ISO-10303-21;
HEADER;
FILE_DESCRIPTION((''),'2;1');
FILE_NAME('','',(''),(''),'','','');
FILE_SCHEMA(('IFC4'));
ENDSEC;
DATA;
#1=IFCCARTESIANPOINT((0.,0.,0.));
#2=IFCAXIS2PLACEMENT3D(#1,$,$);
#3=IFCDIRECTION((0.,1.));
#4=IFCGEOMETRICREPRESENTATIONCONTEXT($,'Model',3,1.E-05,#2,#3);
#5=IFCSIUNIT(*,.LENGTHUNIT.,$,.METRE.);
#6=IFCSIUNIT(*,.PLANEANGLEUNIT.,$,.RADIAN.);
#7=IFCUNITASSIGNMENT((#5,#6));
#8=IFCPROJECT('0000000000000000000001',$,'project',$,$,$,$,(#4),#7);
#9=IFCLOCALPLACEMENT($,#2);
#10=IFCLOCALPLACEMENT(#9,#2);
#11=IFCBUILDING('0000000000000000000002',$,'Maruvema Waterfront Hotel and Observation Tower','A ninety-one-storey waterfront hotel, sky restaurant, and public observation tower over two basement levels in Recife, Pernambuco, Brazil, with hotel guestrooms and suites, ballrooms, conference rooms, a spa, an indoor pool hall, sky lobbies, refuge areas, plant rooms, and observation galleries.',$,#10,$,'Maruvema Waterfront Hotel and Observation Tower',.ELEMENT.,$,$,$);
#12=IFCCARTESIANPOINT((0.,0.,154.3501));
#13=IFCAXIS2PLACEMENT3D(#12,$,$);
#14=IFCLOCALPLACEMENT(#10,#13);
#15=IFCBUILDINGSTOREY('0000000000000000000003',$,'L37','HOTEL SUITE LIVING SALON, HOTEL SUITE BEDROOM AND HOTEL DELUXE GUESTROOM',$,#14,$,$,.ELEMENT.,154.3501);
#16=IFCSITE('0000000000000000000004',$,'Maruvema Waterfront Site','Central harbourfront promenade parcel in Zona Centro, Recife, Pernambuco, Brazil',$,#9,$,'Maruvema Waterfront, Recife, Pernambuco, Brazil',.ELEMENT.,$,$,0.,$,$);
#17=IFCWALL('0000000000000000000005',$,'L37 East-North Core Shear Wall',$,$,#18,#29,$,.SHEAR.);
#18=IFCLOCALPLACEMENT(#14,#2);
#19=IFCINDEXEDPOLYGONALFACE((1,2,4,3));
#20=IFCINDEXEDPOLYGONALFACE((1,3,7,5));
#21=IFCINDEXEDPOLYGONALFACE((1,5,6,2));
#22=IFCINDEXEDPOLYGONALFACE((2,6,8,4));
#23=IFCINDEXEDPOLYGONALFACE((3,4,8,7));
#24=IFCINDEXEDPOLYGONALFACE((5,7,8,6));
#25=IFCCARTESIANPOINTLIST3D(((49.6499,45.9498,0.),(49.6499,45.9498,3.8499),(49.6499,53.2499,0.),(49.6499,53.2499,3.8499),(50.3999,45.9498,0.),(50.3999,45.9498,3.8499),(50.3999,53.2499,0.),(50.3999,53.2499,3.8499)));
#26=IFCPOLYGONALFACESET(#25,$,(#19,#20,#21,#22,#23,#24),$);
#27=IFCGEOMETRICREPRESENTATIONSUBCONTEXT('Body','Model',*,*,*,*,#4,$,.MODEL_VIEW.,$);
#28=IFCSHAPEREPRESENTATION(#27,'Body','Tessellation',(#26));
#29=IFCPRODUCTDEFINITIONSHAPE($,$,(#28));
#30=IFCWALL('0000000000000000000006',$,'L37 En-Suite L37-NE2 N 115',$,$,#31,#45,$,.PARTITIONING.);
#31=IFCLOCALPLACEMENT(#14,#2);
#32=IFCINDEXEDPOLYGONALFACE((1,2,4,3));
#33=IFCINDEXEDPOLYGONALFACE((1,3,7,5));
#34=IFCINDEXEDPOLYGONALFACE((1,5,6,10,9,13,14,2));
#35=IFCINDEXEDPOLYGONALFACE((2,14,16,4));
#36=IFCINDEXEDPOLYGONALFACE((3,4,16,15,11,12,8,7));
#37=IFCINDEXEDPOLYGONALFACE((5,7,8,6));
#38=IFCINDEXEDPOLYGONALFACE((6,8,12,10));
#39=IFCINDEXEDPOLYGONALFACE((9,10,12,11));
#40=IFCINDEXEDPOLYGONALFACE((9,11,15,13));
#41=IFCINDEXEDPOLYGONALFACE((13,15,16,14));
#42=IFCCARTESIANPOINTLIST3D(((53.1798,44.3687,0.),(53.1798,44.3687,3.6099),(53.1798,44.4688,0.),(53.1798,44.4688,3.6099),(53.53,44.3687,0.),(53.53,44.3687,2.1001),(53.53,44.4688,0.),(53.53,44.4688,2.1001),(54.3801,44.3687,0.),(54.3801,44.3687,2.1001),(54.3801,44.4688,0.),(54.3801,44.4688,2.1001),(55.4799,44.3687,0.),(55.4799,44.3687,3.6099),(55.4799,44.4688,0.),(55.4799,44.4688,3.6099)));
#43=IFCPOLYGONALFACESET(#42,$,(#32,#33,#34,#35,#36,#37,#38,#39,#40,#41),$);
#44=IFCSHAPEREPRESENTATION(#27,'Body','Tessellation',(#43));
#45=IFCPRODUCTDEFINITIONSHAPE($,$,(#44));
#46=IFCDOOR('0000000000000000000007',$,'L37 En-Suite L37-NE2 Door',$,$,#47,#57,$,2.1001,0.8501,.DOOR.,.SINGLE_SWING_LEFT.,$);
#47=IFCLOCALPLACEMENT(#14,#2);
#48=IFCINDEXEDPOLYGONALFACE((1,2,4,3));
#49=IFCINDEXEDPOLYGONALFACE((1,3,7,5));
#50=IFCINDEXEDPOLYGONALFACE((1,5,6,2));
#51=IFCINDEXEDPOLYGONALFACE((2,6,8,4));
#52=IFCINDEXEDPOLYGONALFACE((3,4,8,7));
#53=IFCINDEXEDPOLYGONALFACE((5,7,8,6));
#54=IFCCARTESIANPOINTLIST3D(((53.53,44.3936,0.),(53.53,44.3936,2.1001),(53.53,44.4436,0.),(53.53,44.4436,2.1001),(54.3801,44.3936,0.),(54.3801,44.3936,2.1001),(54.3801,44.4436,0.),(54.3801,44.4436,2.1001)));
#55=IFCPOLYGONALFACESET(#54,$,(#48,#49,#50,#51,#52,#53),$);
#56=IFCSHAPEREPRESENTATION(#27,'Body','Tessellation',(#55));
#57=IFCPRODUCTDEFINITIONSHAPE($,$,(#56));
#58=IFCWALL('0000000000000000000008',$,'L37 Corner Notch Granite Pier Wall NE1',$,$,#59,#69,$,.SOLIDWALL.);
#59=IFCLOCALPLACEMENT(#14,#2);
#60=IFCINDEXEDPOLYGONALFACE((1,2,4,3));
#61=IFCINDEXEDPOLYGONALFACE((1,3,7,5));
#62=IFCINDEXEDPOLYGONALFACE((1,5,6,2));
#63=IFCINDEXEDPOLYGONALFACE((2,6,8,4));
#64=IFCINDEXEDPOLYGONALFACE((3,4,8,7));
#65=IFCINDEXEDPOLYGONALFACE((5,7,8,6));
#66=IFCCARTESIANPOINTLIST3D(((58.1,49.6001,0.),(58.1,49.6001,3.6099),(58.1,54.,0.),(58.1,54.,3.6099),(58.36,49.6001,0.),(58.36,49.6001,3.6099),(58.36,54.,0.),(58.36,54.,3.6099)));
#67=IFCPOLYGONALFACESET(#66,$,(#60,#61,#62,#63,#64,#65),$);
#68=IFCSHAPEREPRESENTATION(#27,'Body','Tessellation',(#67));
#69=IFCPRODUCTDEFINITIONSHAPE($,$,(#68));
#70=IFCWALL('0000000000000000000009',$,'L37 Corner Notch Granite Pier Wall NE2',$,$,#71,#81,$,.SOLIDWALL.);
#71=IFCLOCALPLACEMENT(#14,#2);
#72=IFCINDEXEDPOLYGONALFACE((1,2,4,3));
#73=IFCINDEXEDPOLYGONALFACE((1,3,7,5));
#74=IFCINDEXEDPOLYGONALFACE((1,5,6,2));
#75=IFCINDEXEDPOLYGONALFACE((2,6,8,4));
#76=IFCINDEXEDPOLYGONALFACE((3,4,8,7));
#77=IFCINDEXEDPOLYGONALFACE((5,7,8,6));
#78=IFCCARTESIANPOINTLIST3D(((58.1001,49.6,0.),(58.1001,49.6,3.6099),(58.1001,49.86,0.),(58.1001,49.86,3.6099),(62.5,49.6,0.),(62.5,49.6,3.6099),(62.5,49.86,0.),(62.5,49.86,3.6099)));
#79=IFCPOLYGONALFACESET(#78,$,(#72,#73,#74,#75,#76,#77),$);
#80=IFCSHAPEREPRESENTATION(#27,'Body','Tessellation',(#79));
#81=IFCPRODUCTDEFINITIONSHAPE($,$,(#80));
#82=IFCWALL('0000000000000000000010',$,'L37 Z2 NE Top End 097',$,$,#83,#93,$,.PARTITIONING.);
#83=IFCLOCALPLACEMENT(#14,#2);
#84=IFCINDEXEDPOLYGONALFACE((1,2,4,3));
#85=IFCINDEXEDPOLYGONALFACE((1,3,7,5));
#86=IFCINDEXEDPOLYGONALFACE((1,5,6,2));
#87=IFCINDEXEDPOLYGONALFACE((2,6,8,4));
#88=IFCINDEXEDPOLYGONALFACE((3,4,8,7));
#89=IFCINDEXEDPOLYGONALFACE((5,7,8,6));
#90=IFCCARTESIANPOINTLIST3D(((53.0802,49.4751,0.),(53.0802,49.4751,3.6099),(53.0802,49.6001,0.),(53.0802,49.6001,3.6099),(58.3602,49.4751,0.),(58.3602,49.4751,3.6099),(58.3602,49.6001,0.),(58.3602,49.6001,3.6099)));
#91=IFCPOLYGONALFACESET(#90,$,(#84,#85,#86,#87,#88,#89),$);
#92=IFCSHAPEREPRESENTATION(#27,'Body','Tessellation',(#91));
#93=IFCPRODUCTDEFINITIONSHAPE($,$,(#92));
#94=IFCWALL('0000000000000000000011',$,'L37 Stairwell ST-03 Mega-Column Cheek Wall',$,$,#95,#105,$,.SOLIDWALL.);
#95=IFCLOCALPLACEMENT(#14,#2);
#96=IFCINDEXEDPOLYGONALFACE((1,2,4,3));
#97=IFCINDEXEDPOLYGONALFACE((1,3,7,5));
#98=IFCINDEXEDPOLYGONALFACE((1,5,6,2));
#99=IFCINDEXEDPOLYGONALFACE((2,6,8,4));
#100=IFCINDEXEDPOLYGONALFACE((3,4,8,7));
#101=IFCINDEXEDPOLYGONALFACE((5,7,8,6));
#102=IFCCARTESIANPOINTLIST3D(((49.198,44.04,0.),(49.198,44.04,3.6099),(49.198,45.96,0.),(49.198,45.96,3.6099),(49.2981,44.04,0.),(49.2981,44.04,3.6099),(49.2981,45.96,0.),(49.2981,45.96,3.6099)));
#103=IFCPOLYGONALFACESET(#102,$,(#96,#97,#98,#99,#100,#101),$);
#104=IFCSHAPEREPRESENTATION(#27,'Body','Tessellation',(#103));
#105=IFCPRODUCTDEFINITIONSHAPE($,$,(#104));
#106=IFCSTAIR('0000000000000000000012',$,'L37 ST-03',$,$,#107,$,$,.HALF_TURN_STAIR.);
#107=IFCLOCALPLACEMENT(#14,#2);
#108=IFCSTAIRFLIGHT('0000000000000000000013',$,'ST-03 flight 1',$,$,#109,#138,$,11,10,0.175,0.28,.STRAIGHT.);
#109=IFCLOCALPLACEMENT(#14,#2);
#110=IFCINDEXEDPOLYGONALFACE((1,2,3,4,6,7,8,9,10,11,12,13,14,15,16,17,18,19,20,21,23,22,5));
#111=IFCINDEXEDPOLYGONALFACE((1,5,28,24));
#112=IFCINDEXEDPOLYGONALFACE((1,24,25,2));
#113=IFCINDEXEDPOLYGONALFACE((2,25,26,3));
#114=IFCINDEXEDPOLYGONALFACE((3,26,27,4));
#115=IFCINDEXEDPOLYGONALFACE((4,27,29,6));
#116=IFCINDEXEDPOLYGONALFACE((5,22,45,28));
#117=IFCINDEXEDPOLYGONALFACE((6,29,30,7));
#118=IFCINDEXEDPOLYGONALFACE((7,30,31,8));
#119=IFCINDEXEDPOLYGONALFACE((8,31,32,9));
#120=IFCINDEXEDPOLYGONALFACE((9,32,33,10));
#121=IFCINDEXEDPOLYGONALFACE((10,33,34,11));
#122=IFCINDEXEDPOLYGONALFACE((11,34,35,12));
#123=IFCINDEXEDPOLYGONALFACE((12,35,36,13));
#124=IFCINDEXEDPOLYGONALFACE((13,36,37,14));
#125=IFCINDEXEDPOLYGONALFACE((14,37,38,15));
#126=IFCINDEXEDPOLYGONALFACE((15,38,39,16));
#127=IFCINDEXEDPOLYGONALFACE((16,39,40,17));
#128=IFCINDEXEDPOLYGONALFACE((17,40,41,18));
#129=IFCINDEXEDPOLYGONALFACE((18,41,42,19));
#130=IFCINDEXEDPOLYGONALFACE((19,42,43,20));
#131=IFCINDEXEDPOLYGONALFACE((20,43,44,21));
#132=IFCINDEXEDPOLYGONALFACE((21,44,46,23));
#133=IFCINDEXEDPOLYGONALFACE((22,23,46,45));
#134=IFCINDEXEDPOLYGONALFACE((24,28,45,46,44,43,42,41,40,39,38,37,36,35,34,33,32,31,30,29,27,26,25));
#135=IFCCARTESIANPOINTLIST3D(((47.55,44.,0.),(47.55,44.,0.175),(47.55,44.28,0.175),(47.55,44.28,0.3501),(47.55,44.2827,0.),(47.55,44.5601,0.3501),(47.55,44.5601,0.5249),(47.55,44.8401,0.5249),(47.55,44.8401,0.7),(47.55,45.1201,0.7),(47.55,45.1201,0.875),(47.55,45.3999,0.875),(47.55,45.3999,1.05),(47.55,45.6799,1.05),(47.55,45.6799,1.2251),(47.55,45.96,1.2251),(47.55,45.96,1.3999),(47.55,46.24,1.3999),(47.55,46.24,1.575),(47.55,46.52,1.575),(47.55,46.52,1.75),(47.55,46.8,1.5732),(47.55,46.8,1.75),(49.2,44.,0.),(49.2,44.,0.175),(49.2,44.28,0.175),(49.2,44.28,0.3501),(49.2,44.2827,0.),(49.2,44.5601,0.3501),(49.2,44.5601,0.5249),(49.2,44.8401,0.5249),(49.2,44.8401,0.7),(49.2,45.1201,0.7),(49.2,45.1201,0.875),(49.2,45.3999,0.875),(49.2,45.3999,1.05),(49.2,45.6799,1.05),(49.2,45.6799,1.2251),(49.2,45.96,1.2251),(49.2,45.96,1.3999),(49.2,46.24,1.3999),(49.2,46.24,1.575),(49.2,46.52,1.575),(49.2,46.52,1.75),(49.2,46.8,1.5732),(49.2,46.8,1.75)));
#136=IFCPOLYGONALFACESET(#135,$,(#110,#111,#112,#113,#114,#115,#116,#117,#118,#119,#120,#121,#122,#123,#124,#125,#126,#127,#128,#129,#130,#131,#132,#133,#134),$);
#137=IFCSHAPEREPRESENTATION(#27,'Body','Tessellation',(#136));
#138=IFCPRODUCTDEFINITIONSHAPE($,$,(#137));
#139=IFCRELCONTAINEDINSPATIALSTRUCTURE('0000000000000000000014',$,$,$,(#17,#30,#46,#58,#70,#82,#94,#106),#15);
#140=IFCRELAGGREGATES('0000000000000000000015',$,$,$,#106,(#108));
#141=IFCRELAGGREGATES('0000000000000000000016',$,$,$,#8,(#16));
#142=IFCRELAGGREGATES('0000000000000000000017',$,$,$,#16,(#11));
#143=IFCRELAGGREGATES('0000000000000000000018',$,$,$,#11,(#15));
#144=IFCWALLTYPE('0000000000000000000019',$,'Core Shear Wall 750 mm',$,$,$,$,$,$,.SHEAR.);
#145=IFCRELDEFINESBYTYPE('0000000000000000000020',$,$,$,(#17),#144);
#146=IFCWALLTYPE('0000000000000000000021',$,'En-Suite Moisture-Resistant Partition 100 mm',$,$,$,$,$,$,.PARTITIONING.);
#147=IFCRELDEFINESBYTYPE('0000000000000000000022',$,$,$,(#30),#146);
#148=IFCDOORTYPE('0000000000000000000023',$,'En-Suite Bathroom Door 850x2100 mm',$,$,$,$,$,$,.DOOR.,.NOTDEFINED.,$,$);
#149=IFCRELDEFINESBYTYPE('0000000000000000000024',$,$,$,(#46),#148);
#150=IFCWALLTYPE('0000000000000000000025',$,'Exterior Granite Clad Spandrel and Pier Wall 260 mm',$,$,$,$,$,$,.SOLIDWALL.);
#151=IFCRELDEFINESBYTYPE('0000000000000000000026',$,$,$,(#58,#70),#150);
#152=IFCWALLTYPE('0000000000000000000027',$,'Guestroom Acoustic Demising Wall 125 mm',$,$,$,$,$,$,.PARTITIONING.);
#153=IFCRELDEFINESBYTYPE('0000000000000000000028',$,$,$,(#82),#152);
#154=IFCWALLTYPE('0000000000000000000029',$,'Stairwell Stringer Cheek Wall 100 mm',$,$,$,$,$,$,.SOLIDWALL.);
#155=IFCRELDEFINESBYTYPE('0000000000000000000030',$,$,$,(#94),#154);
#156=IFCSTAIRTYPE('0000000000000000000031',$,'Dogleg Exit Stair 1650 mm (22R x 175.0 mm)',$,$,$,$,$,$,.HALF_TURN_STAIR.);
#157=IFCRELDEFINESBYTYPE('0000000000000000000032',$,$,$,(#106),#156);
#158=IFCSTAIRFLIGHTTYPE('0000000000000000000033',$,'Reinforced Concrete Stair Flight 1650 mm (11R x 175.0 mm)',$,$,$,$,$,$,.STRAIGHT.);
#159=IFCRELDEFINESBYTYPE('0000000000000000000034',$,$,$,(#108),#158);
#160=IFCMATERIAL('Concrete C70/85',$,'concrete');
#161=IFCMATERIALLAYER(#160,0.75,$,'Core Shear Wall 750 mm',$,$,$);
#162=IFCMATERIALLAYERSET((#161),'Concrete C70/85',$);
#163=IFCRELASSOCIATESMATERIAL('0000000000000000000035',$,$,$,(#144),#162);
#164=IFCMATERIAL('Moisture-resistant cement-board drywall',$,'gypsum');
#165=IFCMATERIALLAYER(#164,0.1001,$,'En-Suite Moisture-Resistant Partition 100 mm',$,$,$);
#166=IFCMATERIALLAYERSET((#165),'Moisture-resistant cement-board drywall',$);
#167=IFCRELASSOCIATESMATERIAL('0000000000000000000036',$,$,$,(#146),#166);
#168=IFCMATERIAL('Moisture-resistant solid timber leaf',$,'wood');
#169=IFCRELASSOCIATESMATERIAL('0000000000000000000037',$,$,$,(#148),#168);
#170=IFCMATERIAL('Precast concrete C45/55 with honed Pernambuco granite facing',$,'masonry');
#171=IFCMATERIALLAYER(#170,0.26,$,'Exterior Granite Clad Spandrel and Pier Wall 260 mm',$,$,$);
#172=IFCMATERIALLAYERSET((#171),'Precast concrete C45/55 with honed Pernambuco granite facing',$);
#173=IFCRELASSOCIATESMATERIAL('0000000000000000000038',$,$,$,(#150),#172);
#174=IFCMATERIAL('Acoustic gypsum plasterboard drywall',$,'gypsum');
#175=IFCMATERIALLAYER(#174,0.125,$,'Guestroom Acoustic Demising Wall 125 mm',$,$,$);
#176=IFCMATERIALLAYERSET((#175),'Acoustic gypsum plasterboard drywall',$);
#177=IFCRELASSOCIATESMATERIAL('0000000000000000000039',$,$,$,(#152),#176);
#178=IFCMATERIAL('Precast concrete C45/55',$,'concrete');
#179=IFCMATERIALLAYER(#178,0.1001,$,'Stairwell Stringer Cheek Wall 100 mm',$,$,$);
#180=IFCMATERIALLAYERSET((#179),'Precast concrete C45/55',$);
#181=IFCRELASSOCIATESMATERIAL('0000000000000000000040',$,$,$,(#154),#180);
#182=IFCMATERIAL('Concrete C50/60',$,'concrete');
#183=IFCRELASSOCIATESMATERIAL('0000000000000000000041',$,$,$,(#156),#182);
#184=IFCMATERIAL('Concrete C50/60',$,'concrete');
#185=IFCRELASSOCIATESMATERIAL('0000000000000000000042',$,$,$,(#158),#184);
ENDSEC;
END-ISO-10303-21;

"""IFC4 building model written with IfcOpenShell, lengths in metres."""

from ifc_helpers import new_model, si_unit, direction, frame, frame_2d, origin, place, context, subcontext, project, spatial, polyline, rectangle, outline, extrude, material, layer, layer_set, type_object, element, fill, aggregate, save


model = new_model("IFC4")

# Units and contexts
model_context = context("Model", 3, precision=1e-05, world=origin(), true_north=direction((0.0, 1.0)))
body_context = subcontext(model_context, "Body", "Model", "MODEL_VIEW")
ifc_project = project(units=[si_unit("LENGTHUNIT", "METRE"), si_unit("PLANEANGLEUNIT", "RADIAN")], contexts=[model_context])

# Site, building, storey
site_placement = place(None, origin())
site = spatial("IfcSite", under=ifc_project, at=site_placement, Name="Maruvema Waterfront Site", Description="Central harbourfront promenade parcel in Zona Centro, Recife, Pernambuco, Brazil", LongName="Maruvema Waterfront, Recife, Pernambuco, Brazil", CompositionType="ELEMENT", RefElevation=0.0)
building_placement = place(site_placement, origin())
building = spatial("IfcBuilding", under=site, at=building_placement, Name="Maruvema Waterfront Hotel and Observation Tower", Description="A ninety-one-storey waterfront hotel, sky restaurant, and public observation tower over two basement levels in Recife, Pernambuco, Brazil, with hotel guestrooms and suites, ballrooms, conference rooms, a spa, an indoor pool hall, sky lobbies, refuge areas, plant rooms, and observation galleries.", LongName="Maruvema Waterfront Hotel and Observation Tower", CompositionType="ELEMENT")
storey_placement = place(building_placement, frame((0.0, 0.0, 154.3501)))
storey = spatial("IfcBuildingStorey", under=building, at=storey_placement, Name="L37", Description="HOTEL SUITE LIVING SALON, HOTEL SUITE BEDROOM AND HOTEL DELUXE GUESTROOM", CompositionType="ELEMENT", Elevation=154.3501)

# Wall
ifc_material_1 = material(Name="Concrete C70/85", Category="concrete")
ifc_layer_1 = layer(ifc_material_1, 0.75, Name="Core Shear Wall 750 mm")
ifc_layer_set_1 = layer_set([ifc_layer_1], Name="Concrete C70/85")
wall_type_1 = type_object("IfcWallType", Name="Core Shear Wall 750 mm", PredefinedType="SHEAR", material=ifc_layer_set_1)
wall_1_placement = place(storey_placement, frame((50.0249, 45.95, 0.0), z_axis=(0.0, 0.0, 1.0), x_axis=(0.0, 1.0, 0.0)))
element("IfcWall", 1, at=wall_1_placement, inside=storey, type_object=wall_type_1, Name="L37 East-North Core Shear Wall", PredefinedType="SHEAR", context=body_context, shape_type="SweptSolid", body=[
    extrude(rectangle(XDim=7.3, YDim=0.75, at=frame_2d((3.6499, 0.0))), origin(), (0.0, 0.0, 1.0), 3.8499),
])

# Wall, opening, door
ifc_material_2 = material(Name="Moisture-resistant cement-board drywall", Category="gypsum")
ifc_layer_2 = layer(ifc_material_2, 0.1001, Name="En-Suite Moisture-Resistant Partition 100 mm")
ifc_layer_set_2 = layer_set([ifc_layer_2], Name="Moisture-resistant cement-board drywall")
wall_type_2 = type_object("IfcWallType", Name="En-Suite Moisture-Resistant Partition 100 mm", PredefinedType="PARTITIONING", material=ifc_layer_set_2)
wall_2_placement = place(storey_placement, frame((53.1799, 44.4187, 0.0), z_axis=(0.0, 0.0, 1.0), x_axis=(1.0, 0.0, 0.0)))
wall_2 = element("IfcWall", 2, at=wall_2_placement, inside=storey, type_object=wall_type_2, Name="L37 En-Suite L37-NE2 N 115", PredefinedType="PARTITIONING", context=body_context, shape_type="SweptSolid", body=[
    extrude(rectangle(XDim=2.3, YDim=0.1001, at=frame_2d((1.1499, 0.0))), origin(), (0.0, 0.0, 1.0), 3.6099),
])
opening_1_placement = place(wall_2_placement, frame((0.3501, 0.0, 0.0)))
opening_1 = element("IfcOpeningElement", 3, at=opening_1_placement, cuts=wall_2, PredefinedType="OPENING", context=body_context, shape_type="SweptSolid", body=[
    extrude(rectangle(XDim=0.8501, YDim=2.1001, at=frame_2d((0.425, 1.05))), frame((0.0, 0.0601, 0.0), z_axis=(0.0, -1.0, 0.0), x_axis=(1.0, 0.0, 0.0)), (0.0, 0.0, 1.0), 0.1201),
])
ifc_material_3 = material(Name="Moisture-resistant solid timber leaf", Category="wood")
door_type_1 = type_object("IfcDoorType", Name="En-Suite Bathroom Door 850x2100 mm", OperationType="NOTDEFINED", PredefinedType="DOOR", material=ifc_material_3)
door_1_placement = place(opening_1_placement, origin())
door_1 = element("IfcDoor", 4, at=door_1_placement, inside=storey, type_object=door_type_1, Name="L37 En-Suite L37-NE2 Door", OperationType="SINGLE_SWING_LEFT", OverallHeight=2.1001, OverallWidth=0.8501, PredefinedType="DOOR", context=body_context, shape_type="SweptSolid", body=[
    extrude(rectangle(XDim=0.8501, YDim=2.1001, at=frame_2d((0.425, 1.05))), frame((0.0, 0.0249, 0.0), z_axis=(0.0, -1.0, 0.0), x_axis=(1.0, 0.0, 0.0)), (0.0, 0.0, 1.0), 0.05),
])
fill(opening_1, door_1)

# Walls
ifc_material_4 = material(Name="Precast concrete C45/55 with honed Pernambuco granite facing", Category="masonry")
ifc_layer_3 = layer(ifc_material_4, 0.26, Name="Exterior Granite Clad Spandrel and Pier Wall 260 mm")
ifc_layer_set_3 = layer_set([ifc_layer_3], Name="Precast concrete C45/55 with honed Pernambuco granite facing")
wall_type_3 = type_object("IfcWallType", Name="Exterior Granite Clad Spandrel and Pier Wall 260 mm", PredefinedType="SOLIDWALL", material=ifc_layer_set_3)
for number, where, z_axis, x_axis, name in (
    (5, (58.23, 54.0, 0.0), (0.0, 0.0, 1.0), (0.0, -1.0, 0.0), "L37 Corner Notch Granite Pier Wall NE1"),
    (6, (58.1001, 49.73, 0.0), (0.0, 0.0, 1.0), (1.0, 0.0, 0.0), "L37 Corner Notch Granite Pier Wall NE2"),
):
    element("IfcWall", number, at=place(storey_placement, frame(where, z_axis=z_axis, x_axis=x_axis)), inside=storey, type_object=wall_type_3, Name=name, PredefinedType="SOLIDWALL", context=body_context, shape_type="SweptSolid", body=[
        extrude(rectangle(XDim=4.3999, YDim=0.26, at=frame_2d((2.2, 0.0))), origin(), (0.0, 0.0, 1.0), 3.6099),
    ])
ifc_material_5 = material(Name="Acoustic gypsum plasterboard drywall", Category="gypsum")
ifc_layer_4 = layer(ifc_material_5, 0.125, Name="Guestroom Acoustic Demising Wall 125 mm")
ifc_layer_set_4 = layer_set([ifc_layer_4], Name="Acoustic gypsum plasterboard drywall")
wall_type_4 = type_object("IfcWallType", Name="Guestroom Acoustic Demising Wall 125 mm", PredefinedType="PARTITIONING", material=ifc_layer_set_4)
wall_3_placement = place(storey_placement, frame((53.0801, 49.5376, 0.0), z_axis=(0.0, 0.0, 1.0), x_axis=(1.0, 0.0, 0.0)))
element("IfcWall", 7, at=wall_3_placement, inside=storey, type_object=wall_type_4, Name="L37 Z2 NE Top End 097", PredefinedType="PARTITIONING", context=body_context, shape_type="SweptSolid", body=[
    extrude(rectangle(XDim=5.28, YDim=0.125, at=frame_2d((2.6401, 0.0))), origin(), (0.0, 0.0, 1.0), 3.6099),
])
ifc_material_6 = material(Name="Precast concrete C45/55", Category="concrete")
ifc_layer_5 = layer(ifc_material_6, 0.1001, Name="Stairwell Stringer Cheek Wall 100 mm")
ifc_layer_set_5 = layer_set([ifc_layer_5], Name="Precast concrete C45/55")
wall_type_5 = type_object("IfcWallType", Name="Stairwell Stringer Cheek Wall 100 mm", PredefinedType="SOLIDWALL", material=ifc_layer_set_5)
wall_4_placement = place(storey_placement, frame((49.248, 44.04, 0.0), z_axis=(0.0, 0.0, 1.0), x_axis=(0.0, 1.0, 0.0)))
element("IfcWall", 8, at=wall_4_placement, inside=storey, type_object=wall_type_5, Name="L37 Stairwell ST-03 Mega-Column Cheek Wall", PredefinedType="SOLIDWALL", context=body_context, shape_type="SweptSolid", body=[
    extrude(rectangle(XDim=1.9199, YDim=0.1001, at=frame_2d((0.96, 0.0))), origin(), (0.0, 0.0, 1.0), 3.6099),
])

# Stair, stair flight
ifc_material_7 = material(Name="Concrete C50/60", Category="concrete")
stair_type = type_object("IfcStairType", Name="Dogleg Exit Stair 1650 mm (22R x 175.0 mm)", PredefinedType="HALF_TURN_STAIR", material=ifc_material_7)
stair_placement = place(storey_placement, origin())
stair = element("IfcStair", 9, at=stair_placement, inside=storey, type_object=stair_type, Name="L37 ST-03", PredefinedType="HALF_TURN_STAIR")
ifc_material_8 = material(Name="Concrete C50/60", Category="concrete")
stair_flight_type = type_object("IfcStairFlightType", Name="Reinforced Concrete Stair Flight 1650 mm (11R x 175.0 mm)", PredefinedType="STRAIGHT", material=ifc_material_8)
stair_flight_placement = place(storey_placement, frame((48.375, 44.0, 0.0), z_axis=(0.0, 0.0, 1.0), x_axis=(0.0, 1.0, 0.0)))
stair_flight = element("IfcStairFlight", 10, at=stair_flight_placement, type_object=stair_flight_type, Name="ST-03 flight 1", NumberOfRisers=11, NumberOfTreads=10, PredefinedType="STRAIGHT", RiserHeight=0.175, TreadLength=0.28, context=body_context, shape_type="SweptSolid", body=[
    extrude(outline(polyline([(0.0, 0.0), (0.0, 0.175), (0.28, 0.175), (0.28, 0.3501), (0.5601, 0.3501), (0.5601, 0.5249), (0.8401, 0.5249), (0.8401, 0.7), (1.1201, 0.7), (1.1201, 0.875), (1.3999, 0.875), (1.3999, 1.05), (1.6799, 1.05), (1.6799, 1.2251), (1.96, 1.2251), (1.96, 1.3999), (2.24, 1.3999), (2.24, 1.575), (2.52, 1.575), (2.52, 1.75), (2.8, 1.75), (2.8, 1.925), (2.8, 1.5732), (0.2827, 0.0), (0.0, 0.0)])), frame((0.0, 0.825, 0.0), z_axis=(0.0, -1.0, 0.0), x_axis=(1.0, 0.0, 0.0)), (0.0, 0.0, 1.0), 1.6499),
])
aggregate(stair, [stair_flight])

save(model, "model.ifc")
